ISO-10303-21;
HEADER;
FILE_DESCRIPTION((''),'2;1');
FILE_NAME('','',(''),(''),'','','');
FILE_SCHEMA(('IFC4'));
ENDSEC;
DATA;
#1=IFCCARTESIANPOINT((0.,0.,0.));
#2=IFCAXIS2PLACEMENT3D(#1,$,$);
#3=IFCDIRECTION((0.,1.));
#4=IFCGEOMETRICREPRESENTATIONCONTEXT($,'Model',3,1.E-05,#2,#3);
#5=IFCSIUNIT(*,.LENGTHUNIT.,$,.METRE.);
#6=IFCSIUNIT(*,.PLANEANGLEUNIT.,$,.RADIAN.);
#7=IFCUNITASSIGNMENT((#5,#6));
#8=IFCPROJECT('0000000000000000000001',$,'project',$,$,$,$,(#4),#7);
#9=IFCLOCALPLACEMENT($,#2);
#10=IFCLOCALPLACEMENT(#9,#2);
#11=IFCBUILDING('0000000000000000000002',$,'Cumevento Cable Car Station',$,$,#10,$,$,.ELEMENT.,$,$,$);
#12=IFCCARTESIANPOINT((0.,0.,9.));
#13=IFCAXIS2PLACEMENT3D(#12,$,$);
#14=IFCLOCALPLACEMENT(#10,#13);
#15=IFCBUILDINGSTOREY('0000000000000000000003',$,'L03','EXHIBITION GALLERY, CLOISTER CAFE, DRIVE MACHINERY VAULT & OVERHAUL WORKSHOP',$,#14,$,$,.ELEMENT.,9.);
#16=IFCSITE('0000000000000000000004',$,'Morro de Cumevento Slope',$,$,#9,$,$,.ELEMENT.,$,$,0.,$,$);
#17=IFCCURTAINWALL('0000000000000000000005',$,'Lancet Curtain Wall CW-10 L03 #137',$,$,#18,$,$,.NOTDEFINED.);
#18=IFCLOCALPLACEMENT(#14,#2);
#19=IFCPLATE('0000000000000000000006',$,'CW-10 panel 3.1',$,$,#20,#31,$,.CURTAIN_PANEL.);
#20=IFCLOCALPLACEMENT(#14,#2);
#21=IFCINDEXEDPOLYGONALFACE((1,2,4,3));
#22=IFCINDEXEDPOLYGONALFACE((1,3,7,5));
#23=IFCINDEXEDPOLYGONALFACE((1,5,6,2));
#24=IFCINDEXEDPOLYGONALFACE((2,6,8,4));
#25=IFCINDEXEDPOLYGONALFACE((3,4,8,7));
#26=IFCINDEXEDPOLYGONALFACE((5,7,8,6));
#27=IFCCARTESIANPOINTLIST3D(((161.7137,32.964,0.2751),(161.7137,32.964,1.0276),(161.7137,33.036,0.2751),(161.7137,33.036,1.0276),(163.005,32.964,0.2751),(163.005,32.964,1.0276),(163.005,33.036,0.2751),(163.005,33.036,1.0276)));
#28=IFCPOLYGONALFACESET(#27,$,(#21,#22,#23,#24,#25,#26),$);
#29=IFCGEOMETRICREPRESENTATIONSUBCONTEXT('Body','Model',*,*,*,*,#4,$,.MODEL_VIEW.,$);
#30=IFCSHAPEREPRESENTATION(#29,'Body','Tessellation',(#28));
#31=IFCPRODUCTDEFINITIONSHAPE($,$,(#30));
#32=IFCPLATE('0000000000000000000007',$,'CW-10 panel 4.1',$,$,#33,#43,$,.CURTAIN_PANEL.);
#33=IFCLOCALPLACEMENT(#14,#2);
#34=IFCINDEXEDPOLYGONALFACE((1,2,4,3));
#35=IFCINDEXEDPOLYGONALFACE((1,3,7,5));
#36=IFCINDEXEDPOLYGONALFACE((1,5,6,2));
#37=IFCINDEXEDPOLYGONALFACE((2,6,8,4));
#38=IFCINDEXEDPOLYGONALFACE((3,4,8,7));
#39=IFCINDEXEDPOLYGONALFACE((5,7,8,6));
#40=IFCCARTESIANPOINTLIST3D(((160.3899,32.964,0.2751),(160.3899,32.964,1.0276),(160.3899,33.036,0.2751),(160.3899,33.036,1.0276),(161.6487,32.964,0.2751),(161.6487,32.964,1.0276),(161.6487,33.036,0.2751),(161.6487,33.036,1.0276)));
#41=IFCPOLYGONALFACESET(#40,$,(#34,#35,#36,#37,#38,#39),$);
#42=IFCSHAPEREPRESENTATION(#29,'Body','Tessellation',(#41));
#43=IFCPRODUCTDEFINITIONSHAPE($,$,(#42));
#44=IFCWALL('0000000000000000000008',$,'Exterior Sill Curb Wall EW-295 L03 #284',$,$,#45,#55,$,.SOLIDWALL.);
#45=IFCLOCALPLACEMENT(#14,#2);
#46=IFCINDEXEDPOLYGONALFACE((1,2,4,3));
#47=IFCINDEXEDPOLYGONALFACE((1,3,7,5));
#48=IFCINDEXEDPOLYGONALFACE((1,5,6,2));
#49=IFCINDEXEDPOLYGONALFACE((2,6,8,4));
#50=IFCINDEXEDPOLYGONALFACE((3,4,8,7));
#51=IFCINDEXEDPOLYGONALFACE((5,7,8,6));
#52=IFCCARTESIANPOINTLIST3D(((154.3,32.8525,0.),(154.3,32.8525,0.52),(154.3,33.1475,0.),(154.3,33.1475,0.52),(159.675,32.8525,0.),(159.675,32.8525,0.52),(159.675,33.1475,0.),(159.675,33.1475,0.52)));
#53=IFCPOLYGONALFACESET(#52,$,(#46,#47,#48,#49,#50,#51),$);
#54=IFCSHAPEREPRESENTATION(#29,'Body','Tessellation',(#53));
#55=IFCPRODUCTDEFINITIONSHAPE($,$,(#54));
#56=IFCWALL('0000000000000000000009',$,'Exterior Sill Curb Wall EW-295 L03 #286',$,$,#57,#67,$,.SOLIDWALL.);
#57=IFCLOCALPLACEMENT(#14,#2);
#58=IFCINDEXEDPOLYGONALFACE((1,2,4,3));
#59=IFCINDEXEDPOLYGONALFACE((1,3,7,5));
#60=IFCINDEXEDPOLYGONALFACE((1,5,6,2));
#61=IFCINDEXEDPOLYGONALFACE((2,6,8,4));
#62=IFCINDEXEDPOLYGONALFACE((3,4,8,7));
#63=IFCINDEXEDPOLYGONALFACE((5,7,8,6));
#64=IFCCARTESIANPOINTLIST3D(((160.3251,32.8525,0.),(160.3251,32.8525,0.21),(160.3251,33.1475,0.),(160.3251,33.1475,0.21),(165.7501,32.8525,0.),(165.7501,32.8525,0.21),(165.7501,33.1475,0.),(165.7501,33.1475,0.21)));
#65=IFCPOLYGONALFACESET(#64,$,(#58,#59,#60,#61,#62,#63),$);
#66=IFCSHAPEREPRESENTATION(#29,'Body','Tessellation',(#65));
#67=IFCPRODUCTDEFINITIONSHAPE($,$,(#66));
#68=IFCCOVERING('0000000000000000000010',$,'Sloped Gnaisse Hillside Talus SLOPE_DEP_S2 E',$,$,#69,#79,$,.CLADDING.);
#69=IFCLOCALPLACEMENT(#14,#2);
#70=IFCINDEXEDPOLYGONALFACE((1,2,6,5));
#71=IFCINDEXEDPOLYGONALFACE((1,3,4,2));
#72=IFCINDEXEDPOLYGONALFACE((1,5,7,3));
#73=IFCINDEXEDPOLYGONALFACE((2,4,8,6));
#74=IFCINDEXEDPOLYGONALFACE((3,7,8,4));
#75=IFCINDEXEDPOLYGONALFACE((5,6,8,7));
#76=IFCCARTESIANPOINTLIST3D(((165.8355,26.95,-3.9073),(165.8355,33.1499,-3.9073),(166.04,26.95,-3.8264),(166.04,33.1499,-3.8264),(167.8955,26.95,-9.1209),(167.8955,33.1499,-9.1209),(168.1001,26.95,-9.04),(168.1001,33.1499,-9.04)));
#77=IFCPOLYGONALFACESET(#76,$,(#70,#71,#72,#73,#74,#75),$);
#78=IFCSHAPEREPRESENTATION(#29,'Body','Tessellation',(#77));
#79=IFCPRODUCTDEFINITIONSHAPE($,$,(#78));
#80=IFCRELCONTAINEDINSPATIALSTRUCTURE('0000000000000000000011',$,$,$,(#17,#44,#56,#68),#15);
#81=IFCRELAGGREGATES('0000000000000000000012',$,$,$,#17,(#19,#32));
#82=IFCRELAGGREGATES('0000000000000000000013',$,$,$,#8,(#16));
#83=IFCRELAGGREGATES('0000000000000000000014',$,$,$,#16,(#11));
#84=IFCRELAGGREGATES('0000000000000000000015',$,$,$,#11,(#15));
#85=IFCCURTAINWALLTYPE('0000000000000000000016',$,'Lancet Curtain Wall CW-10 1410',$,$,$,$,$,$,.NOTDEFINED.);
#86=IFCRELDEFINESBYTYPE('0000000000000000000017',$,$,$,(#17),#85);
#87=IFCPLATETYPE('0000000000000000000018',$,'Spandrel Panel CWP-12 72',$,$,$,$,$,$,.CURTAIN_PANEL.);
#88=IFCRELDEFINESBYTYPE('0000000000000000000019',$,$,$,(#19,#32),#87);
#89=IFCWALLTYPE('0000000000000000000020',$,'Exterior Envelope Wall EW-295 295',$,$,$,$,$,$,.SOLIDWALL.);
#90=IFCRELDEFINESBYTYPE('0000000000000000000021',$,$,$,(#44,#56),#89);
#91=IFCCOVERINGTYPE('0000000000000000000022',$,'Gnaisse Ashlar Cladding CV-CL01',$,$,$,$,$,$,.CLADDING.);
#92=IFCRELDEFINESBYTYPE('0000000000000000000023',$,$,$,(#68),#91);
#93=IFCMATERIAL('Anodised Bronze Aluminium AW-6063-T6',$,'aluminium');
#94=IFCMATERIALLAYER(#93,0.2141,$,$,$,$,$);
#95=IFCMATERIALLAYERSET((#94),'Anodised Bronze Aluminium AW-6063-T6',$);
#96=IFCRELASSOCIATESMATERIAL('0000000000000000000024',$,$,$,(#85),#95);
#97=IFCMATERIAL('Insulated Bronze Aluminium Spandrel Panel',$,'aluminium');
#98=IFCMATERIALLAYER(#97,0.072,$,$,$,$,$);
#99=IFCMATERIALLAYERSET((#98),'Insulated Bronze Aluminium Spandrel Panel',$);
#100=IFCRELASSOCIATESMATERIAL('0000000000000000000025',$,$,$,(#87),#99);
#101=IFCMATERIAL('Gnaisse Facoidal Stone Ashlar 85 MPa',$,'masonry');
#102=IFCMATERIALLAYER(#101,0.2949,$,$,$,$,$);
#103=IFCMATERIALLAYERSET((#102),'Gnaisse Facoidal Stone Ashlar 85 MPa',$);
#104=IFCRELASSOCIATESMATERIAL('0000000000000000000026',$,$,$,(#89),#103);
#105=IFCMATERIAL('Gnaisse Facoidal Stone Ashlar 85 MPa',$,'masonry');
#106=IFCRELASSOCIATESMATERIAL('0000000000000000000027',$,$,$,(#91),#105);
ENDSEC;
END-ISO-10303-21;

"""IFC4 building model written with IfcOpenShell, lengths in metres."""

from ifc_helpers import new_model, si_unit, direction, frame, frame_2d, origin, origin_2d, place, context, subcontext, project, spatial, polyline, rectangle, outline, extrude, material, layer, layer_set, type_object, element, aggregate, save


model = new_model("IFC4")

# Units and contexts
model_context = context("Model", 3, precision=1e-05, world=origin(), true_north=direction((0.0, 1.0)))
body_context = subcontext(model_context, "Body", "Model", "MODEL_VIEW")
ifc_project = project(units=[si_unit("LENGTHUNIT", "METRE"), si_unit("PLANEANGLEUNIT", "RADIAN")], contexts=[model_context])

# Site, building, storey
site_placement = place(None, origin())
site = spatial("IfcSite", under=ifc_project, at=site_placement, Name="Morro de Cumevento Slope", CompositionType="ELEMENT", RefElevation=0.0)
building_placement = place(site_placement, origin())
building = spatial("IfcBuilding", under=site, at=building_placement, Name="Cumevento Cable Car Station", CompositionType="ELEMENT")
storey_placement = place(building_placement, frame((0.0, 0.0, 9.0)))
storey = spatial("IfcBuildingStorey", under=building, at=storey_placement, Name="L03", Description="EXHIBITION GALLERY, CLOISTER CAFE, DRIVE MACHINERY VAULT & OVERHAUL WORKSHOP", CompositionType="ELEMENT", Elevation=9.0)

# Curtain wall
ifc_material_1 = material(Name="Anodised Bronze Aluminium AW-6063-T6", Category="aluminium")
ifc_layer_1 = layer(ifc_material_1, 0.2141)
ifc_layer_set_1 = layer_set([ifc_layer_1], Name="Anodised Bronze Aluminium AW-6063-T6")
curtain_wall_type_1 = type_object("IfcCurtainWallType", Name="Lancet Curtain Wall CW-10 1410", PredefinedType="NOTDEFINED", material=ifc_layer_set_1)
curtain_wall_1_placement = place(storey_placement, origin())
curtain_wall_1 = element("IfcCurtainWall", 1, at=curtain_wall_1_placement, inside=storey, type_object=curtain_wall_type_1, Name="Lancet Curtain Wall CW-10 L03 #137", PredefinedType="NOTDEFINED")

# Plates
ifc_material_2 = material(Name="Insulated Bronze Aluminium Spandrel Panel", Category="aluminium")
ifc_layer_2 = layer(ifc_material_2, 0.072)
ifc_layer_set_2 = layer_set([ifc_layer_2], Name="Insulated Bronze Aluminium Spandrel Panel")
plate_type_1 = type_object("IfcPlateType", Name="Spandrel Panel CWP-12 72", PredefinedType="CURTAIN_PANEL", material=ifc_layer_set_2)
plate_1_placement = place(storey_placement, frame((162.3594, 33.0, 0.2751), z_axis=(0.0, 0.0, 1.0), x_axis=(-1.0, 0.0, 0.0)))
plate_1 = element("IfcPlate", 2, at=plate_1_placement, type_object=plate_type_1, Name="CW-10 panel 3.1", PredefinedType="CURTAIN_PANEL", context=body_context, shape_type="SweptSolid", body=[
    extrude(rectangle(XDim=1.2913, YDim=0.072, at=origin_2d()), origin(), (0.0, 0.0, 1.0), 0.7524),
])
plate_2_placement = place(storey_placement, frame((161.0193, 33.0, 0.2751), z_axis=(0.0, 0.0, 1.0), x_axis=(-1.0, 0.0, 0.0)))
plate_2 = element("IfcPlate", 3, at=plate_2_placement, type_object=plate_type_1, Name="CW-10 panel 4.1", PredefinedType="CURTAIN_PANEL", context=body_context, shape_type="SweptSolid", body=[
    extrude(rectangle(XDim=1.2588, YDim=0.072, at=origin_2d()), origin(), (0.0, 0.0, 1.0), 0.7524),
])
aggregate(curtain_wall_1, [plate_1, plate_2])

# Walls
ifc_material_3 = material(Name="Gnaisse Facoidal Stone Ashlar 85 MPa", Category="masonry")
ifc_layer_3 = layer(ifc_material_3, 0.2949)
ifc_layer_set_3 = layer_set([ifc_layer_3], Name="Gnaisse Facoidal Stone Ashlar 85 MPa")
wall_type = type_object("IfcWallType", Name="Exterior Envelope Wall EW-295 295", PredefinedType="SOLIDWALL", material=ifc_layer_set_3)
wall_1_placement = place(storey_placement, frame((159.675, 33.0, 0.0), z_axis=(0.0, 0.0, 1.0), x_axis=(-1.0, 0.0, 0.0)))
element("IfcWall", 4, at=wall_1_placement, inside=storey, type_object=wall_type, Name="Exterior Sill Curb Wall EW-295 L03 #284", PredefinedType="SOLIDWALL", context=body_context, shape_type="SweptSolid", body=[
    extrude(rectangle(XDim=5.375, YDim=0.2949, at=frame_2d((2.6875, 0.0))), origin(), (0.0, 0.0, 1.0), 0.52),
])
wall_2_placement = place(storey_placement, frame((165.75, 33.0, 0.0), z_axis=(0.0, 0.0, 1.0), x_axis=(-1.0, 0.0, 0.0)))
element("IfcWall", 5, at=wall_2_placement, inside=storey, type_object=wall_type, Name="Exterior Sill Curb Wall EW-295 L03 #286", PredefinedType="SOLIDWALL", context=body_context, shape_type="SweptSolid", body=[
    extrude(rectangle(XDim=5.425, YDim=0.2949, at=frame_2d((2.7124, 0.0))), origin(), (0.0, 0.0, 1.0), 0.21),
])

# Covering
ifc_material_4 = material(Name="Gnaisse Facoidal Stone Ashlar 85 MPa", Category="masonry")
covering_type = type_object("IfcCoveringType", Name="Gnaisse Ashlar Cladding CV-CL01", PredefinedType="CLADDING", material=ifc_material_4)
covering_1_placement = place(storey_placement, frame((168.1001, 26.95, -9.04), z_axis=(0.93003, 0.0, 0.367483), x_axis=(0.0, 1.0, 0.0)))
element("IfcCovering", 6, at=covering_1_placement, inside=storey, type_object=covering_type, Name="Sloped Gnaisse Hillside Talus SLOPE_DEP_S2 E", PredefinedType="CLADDING", context=body_context, shape_type="SweptSolid", body=[
    extrude(outline(polyline([(0.0, 0.0), (6.2, 0.0), (6.2, 5.6059), (0.0, 5.6059), (0.0, 0.0)])), origin(), (0.0, 0.0, -1.0), 0.22),
])

save(model, "model.ifc")
